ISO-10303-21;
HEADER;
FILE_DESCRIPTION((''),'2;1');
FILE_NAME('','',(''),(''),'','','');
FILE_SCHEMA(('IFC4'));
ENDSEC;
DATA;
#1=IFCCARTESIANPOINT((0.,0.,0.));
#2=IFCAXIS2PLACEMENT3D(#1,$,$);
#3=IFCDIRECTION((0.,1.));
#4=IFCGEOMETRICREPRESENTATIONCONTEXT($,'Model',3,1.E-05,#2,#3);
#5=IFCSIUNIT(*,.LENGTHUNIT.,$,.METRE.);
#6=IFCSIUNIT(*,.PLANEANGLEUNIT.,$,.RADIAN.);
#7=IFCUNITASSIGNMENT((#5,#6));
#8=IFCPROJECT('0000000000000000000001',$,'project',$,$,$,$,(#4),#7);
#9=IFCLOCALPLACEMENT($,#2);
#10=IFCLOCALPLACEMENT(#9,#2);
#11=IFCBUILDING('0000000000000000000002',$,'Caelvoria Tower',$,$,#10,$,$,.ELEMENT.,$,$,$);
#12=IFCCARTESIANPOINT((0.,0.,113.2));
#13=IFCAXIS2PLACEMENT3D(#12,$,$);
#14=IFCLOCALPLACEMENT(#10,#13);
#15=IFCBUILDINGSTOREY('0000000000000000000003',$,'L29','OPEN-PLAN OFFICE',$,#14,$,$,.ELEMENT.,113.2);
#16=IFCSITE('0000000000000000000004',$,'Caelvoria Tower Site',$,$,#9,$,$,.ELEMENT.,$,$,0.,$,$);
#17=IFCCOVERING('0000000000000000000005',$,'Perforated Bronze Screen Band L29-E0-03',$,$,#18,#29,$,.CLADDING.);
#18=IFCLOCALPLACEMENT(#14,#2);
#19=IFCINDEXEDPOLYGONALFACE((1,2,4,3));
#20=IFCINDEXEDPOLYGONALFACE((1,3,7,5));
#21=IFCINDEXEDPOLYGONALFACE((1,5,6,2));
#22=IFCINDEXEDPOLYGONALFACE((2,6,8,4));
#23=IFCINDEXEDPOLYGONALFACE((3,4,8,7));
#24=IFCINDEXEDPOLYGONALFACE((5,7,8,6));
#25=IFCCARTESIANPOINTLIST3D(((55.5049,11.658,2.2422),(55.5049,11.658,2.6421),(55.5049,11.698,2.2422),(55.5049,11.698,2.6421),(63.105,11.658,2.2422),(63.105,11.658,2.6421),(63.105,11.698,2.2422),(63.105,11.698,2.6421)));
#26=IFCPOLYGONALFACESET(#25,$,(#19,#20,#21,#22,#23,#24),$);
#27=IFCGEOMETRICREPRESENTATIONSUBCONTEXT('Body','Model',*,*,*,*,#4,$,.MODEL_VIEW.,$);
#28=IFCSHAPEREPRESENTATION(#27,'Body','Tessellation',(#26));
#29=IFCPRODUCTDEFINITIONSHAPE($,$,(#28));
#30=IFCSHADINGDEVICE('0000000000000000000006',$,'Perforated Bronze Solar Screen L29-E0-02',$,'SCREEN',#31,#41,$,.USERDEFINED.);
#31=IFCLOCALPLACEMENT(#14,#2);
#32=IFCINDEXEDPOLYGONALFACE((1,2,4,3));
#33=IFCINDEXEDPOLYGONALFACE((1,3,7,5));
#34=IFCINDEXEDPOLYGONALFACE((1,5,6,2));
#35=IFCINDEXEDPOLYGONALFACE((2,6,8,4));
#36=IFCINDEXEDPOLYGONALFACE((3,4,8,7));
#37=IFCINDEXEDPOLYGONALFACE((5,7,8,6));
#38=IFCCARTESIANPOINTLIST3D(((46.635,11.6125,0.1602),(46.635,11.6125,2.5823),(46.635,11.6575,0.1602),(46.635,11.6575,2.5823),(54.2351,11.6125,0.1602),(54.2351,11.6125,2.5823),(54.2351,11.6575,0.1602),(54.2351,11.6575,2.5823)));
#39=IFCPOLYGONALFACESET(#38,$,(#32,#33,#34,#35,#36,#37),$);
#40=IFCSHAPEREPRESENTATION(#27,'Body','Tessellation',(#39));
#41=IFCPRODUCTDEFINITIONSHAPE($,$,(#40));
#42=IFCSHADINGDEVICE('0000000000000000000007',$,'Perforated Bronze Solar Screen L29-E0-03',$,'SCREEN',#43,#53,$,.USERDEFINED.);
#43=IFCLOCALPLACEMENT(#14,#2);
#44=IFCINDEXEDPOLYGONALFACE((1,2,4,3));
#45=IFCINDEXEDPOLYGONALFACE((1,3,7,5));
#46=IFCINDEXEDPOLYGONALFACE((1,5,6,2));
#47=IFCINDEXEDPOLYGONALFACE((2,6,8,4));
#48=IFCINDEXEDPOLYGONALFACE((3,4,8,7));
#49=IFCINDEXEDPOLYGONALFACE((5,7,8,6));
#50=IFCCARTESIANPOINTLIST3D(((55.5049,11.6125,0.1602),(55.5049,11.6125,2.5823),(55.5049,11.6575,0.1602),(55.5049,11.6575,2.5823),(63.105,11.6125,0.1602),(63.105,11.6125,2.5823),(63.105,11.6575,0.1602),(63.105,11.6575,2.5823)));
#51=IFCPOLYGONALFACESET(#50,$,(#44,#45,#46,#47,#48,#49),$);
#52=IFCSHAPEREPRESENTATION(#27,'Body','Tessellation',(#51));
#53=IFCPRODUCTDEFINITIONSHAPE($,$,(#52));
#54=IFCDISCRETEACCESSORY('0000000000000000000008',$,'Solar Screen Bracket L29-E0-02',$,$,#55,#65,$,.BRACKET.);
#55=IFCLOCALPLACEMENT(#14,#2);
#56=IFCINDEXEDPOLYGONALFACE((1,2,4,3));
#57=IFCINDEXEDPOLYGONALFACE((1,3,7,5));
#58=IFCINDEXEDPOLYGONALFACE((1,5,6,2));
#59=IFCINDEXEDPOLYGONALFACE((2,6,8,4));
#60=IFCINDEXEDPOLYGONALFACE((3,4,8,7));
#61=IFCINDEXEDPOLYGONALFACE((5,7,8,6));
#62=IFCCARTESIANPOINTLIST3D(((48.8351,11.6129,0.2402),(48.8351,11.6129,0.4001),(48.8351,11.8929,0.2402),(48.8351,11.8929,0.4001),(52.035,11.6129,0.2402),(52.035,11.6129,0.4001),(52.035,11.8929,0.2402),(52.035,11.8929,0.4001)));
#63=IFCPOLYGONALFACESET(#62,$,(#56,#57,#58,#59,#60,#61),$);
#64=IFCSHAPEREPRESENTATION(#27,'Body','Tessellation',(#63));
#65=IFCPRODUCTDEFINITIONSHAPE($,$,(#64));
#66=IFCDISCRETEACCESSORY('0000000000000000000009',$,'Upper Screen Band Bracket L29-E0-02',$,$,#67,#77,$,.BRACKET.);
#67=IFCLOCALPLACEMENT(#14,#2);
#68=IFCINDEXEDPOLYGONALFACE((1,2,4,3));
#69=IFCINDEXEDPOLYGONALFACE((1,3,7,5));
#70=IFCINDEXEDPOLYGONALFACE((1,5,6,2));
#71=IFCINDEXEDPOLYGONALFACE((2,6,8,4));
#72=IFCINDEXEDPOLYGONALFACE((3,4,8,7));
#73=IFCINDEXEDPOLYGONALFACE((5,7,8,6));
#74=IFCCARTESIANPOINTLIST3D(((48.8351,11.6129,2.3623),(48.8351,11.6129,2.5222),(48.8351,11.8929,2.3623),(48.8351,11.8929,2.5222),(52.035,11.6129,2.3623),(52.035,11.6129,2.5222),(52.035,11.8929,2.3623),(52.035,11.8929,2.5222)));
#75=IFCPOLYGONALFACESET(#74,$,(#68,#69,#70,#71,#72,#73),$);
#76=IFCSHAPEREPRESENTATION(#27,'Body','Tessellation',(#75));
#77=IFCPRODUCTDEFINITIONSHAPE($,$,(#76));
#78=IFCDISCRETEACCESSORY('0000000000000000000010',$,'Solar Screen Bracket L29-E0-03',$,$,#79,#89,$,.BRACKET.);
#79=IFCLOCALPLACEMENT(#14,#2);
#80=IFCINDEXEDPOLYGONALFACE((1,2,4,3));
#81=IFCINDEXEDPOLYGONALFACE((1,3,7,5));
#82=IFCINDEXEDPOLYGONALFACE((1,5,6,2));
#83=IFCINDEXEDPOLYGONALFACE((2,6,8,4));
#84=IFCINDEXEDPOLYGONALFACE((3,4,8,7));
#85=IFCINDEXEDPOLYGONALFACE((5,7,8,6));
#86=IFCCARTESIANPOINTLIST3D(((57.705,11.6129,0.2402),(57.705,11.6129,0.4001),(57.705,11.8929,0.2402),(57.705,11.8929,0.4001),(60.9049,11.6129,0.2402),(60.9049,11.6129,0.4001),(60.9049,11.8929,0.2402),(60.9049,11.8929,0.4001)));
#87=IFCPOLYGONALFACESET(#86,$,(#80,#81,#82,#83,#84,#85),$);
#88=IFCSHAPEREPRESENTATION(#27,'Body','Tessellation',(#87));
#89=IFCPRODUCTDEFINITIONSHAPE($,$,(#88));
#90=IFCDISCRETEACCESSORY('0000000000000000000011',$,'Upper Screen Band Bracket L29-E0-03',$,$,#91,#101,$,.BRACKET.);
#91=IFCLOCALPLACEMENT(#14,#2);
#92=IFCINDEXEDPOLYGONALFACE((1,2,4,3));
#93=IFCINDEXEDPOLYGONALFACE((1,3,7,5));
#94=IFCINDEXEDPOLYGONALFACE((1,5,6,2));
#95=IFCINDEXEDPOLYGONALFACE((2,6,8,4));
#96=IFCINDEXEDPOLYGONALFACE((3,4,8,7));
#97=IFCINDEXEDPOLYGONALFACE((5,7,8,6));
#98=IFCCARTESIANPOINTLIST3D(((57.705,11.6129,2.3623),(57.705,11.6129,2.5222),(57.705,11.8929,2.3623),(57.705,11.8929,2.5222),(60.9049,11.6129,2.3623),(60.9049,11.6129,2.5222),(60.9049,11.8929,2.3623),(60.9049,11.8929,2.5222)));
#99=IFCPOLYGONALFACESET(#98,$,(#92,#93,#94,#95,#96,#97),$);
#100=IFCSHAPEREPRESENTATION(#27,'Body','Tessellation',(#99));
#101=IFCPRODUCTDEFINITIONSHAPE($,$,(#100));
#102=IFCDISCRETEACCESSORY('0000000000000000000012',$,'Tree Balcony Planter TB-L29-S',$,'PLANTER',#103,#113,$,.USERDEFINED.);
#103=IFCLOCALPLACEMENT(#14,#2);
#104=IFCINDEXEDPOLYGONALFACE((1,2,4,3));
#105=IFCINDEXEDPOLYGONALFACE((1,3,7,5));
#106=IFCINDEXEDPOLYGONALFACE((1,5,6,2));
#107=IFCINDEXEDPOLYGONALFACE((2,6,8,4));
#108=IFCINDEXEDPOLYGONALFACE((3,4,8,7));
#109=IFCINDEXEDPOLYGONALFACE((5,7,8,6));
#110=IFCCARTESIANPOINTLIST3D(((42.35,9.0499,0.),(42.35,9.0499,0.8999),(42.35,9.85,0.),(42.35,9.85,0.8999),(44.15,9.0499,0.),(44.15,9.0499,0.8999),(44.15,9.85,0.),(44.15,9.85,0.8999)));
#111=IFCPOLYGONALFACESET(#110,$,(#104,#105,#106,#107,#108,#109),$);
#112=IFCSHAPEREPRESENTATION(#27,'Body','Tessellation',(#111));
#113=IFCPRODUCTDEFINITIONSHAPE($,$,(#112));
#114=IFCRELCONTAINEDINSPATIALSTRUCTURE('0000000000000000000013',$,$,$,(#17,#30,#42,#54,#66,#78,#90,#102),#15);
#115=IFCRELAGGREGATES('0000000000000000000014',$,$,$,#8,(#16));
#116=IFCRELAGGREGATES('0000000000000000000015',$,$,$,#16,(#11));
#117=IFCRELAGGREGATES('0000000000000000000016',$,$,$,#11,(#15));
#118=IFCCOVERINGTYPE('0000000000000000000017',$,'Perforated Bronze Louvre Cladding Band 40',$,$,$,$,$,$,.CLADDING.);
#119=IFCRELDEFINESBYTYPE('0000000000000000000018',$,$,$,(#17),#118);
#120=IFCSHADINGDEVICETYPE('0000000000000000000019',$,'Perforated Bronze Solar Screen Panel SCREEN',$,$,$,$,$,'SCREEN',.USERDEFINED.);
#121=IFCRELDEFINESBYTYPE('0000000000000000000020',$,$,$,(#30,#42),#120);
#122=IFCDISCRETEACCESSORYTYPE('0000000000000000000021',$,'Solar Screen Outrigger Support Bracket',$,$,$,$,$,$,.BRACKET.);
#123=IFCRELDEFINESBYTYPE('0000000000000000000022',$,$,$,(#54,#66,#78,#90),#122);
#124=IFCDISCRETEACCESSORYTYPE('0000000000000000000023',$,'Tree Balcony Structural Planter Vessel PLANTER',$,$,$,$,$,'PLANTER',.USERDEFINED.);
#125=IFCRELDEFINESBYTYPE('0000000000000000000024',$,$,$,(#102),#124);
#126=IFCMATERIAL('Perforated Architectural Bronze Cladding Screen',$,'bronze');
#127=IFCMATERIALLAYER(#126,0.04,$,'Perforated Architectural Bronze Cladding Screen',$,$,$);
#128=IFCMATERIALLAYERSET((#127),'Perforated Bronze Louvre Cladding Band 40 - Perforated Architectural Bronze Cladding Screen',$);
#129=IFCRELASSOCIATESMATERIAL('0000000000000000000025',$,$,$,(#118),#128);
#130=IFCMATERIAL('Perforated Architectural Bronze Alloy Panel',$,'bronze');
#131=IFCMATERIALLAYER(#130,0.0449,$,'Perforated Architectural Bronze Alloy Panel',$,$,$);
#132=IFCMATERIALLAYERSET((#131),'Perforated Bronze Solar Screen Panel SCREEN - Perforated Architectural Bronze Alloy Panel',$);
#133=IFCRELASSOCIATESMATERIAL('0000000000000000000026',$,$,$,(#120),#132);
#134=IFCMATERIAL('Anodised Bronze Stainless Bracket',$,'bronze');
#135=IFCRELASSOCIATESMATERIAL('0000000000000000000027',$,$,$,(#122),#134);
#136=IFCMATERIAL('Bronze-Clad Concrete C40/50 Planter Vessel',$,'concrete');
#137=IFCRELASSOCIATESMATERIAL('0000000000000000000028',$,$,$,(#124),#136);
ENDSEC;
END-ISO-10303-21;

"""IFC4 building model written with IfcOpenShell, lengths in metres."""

from ifc_helpers import new_model, si_unit, direction, frame, origin, origin_2d, place, context, subcontext, project, spatial, rectangle, extrude, material, layer, layer_set, type_object, element, save


model = new_model("IFC4")

# Units and contexts
model_context = context("Model", 3, precision=1e-05, world=origin(), true_north=direction((0.0, 1.0)))
body_context = subcontext(model_context, "Body", "Model", "MODEL_VIEW")
ifc_project = project(units=[si_unit("LENGTHUNIT", "METRE"), si_unit("PLANEANGLEUNIT", "RADIAN")], contexts=[model_context])

# Site, building, storey
site_placement = place(None, origin())
site = spatial("IfcSite", under=ifc_project, at=site_placement, Name="Caelvoria Tower Site", CompositionType="ELEMENT", RefElevation=0.0)
building_placement = place(site_placement, origin())
building = spatial("IfcBuilding", under=site, at=building_placement, Name="Caelvoria Tower", CompositionType="ELEMENT")
storey_placement = place(building_placement, frame((0.0, 0.0, 113.2)))
storey = spatial("IfcBuildingStorey", under=building, at=storey_placement, Name="L29", Description="OPEN-PLAN OFFICE", CompositionType="ELEMENT", Elevation=113.2)

# Covering
ifc_material_1 = material(Name="Perforated Architectural Bronze Cladding Screen", Category="bronze")
ifc_layer_1 = layer(ifc_material_1, 0.04, Name="Perforated Architectural Bronze Cladding Screen")
ifc_layer_set_1 = layer_set([ifc_layer_1], Name="Perforated Bronze Louvre Cladding Band 40 - Perforated Architectural Bronze Cladding Screen")
covering_type = type_object("IfcCoveringType", Name="Perforated Bronze Louvre Cladding Band 40", PredefinedType="CLADDING", material=ifc_layer_set_1)
for number, where, z_axis, x_axis, name in (
    (1, (59.3049, 11.678, 2.2422), (0.0, 0.0, 1.0), (1.0, 0.0, 0.0), "Perforated Bronze Screen Band L29-E0-03"),
):
    element("IfcCovering", number, at=place(storey_placement, frame(where, z_axis=z_axis, x_axis=x_axis)), inside=storey, type_object=covering_type, Name=name, PredefinedType="CLADDING", context=body_context, shape_type="SweptSolid", body=[
        extrude(rectangle(XDim=7.6001, YDim=0.04, at=origin_2d()), origin(), (0.0, 0.0, 1.0), 0.3999),
    ])

# Shading devices
ifc_material_2 = material(Name="Perforated Architectural Bronze Alloy Panel", Category="bronze")
ifc_layer_2 = layer(ifc_material_2, 0.0449, Name="Perforated Architectural Bronze Alloy Panel")
ifc_layer_set_2 = layer_set([ifc_layer_2], Name="Perforated Bronze Solar Screen Panel SCREEN - Perforated Architectural Bronze Alloy Panel")
shading_device_type = type_object("IfcShadingDeviceType", Name="Perforated Bronze Solar Screen Panel SCREEN", ElementType="SCREEN", PredefinedType="USERDEFINED", material=ifc_layer_set_2)
for number, where, z_axis, x_axis, name in (
    (2, (50.4351, 11.635, 0.1602), (0.0, 0.0, 1.0), (1.0, 0.0, 0.0), "Perforated Bronze Solar Screen L29-E0-02"),
    (3, (59.3049, 11.635, 0.1602), (0.0, 0.0, 1.0), (1.0, 0.0, 0.0), "Perforated Bronze Solar Screen L29-E0-03"),
):
    element("IfcShadingDevice", number, at=place(storey_placement, frame(where, z_axis=z_axis, x_axis=x_axis)), inside=storey, type_object=shading_device_type, Name=name, ObjectType="SCREEN", PredefinedType="USERDEFINED", context=body_context, shape_type="SweptSolid", body=[
        extrude(rectangle(XDim=7.6001, YDim=0.0449, at=origin_2d()), origin(), (0.0, 0.0, 1.0), 2.4221),
    ])

# Discrete accessories
ifc_material_3 = material(Name="Anodised Bronze Stainless Bracket", Category="bronze")
discrete_accessory_type_1 = type_object("IfcDiscreteAccessoryType", Name="Solar Screen Outrigger Support Bracket", PredefinedType="BRACKET", material=ifc_material_3)
for number, where, z_axis, x_axis, name in (
    (4, (50.4351, 11.7529, 0.2402), (0.0, 0.0, 1.0), (1.0, 0.0, 0.0), "Solar Screen Bracket L29-E0-02"),
    (5, (50.4351, 11.7529, 2.3623), (0.0, 0.0, 1.0), (1.0, 0.0, 0.0), "Upper Screen Band Bracket L29-E0-02"),
    (6, (59.3049, 11.7529, 0.2402), (0.0, 0.0, 1.0), (1.0, 0.0, 0.0), "Solar Screen Bracket L29-E0-03"),
    (7, (59.3049, 11.7529, 2.3623), (0.0, 0.0, 1.0), (1.0, 0.0, 0.0), "Upper Screen Band Bracket L29-E0-03"),
):
    element("IfcDiscreteAccessory", number, at=place(storey_placement, frame(where, z_axis=z_axis, x_axis=x_axis)), inside=storey, type_object=discrete_accessory_type_1, Name=name, PredefinedType="BRACKET", context=body_context, shape_type="SweptSolid", body=[
        extrude(rectangle(XDim=3.2, YDim=0.28, at=origin_2d()), origin(), (0.0, 0.0, 1.0), 0.1599),
    ])
ifc_material_4 = material(Name="Bronze-Clad Concrete C40/50 Planter Vessel", Category="concrete")
discrete_accessory_type_2 = type_object("IfcDiscreteAccessoryType", Name="Tree Balcony Structural Planter Vessel PLANTER", ElementType="PLANTER", PredefinedType="USERDEFINED", material=ifc_material_4)
discrete_accessory_placement = place(storey_placement, frame((43.25, 9.45, 0.0), z_axis=(0.0, 0.0, 1.0), x_axis=(1.0, 0.0, 0.0)))
element("IfcDiscreteAccessory", 8, at=discrete_accessory_placement, inside=storey, type_object=discrete_accessory_type_2, Name="Tree Balcony Planter TB-L29-S", ObjectType="PLANTER", PredefinedType="USERDEFINED", context=body_context, shape_type="SweptSolid", body=[
    extrude(rectangle(XDim=1.8, YDim=0.8, at=origin_2d()), origin(), (0.0, 0.0, 1.0), 0.8999),
])

save(model, "model.ifc")
